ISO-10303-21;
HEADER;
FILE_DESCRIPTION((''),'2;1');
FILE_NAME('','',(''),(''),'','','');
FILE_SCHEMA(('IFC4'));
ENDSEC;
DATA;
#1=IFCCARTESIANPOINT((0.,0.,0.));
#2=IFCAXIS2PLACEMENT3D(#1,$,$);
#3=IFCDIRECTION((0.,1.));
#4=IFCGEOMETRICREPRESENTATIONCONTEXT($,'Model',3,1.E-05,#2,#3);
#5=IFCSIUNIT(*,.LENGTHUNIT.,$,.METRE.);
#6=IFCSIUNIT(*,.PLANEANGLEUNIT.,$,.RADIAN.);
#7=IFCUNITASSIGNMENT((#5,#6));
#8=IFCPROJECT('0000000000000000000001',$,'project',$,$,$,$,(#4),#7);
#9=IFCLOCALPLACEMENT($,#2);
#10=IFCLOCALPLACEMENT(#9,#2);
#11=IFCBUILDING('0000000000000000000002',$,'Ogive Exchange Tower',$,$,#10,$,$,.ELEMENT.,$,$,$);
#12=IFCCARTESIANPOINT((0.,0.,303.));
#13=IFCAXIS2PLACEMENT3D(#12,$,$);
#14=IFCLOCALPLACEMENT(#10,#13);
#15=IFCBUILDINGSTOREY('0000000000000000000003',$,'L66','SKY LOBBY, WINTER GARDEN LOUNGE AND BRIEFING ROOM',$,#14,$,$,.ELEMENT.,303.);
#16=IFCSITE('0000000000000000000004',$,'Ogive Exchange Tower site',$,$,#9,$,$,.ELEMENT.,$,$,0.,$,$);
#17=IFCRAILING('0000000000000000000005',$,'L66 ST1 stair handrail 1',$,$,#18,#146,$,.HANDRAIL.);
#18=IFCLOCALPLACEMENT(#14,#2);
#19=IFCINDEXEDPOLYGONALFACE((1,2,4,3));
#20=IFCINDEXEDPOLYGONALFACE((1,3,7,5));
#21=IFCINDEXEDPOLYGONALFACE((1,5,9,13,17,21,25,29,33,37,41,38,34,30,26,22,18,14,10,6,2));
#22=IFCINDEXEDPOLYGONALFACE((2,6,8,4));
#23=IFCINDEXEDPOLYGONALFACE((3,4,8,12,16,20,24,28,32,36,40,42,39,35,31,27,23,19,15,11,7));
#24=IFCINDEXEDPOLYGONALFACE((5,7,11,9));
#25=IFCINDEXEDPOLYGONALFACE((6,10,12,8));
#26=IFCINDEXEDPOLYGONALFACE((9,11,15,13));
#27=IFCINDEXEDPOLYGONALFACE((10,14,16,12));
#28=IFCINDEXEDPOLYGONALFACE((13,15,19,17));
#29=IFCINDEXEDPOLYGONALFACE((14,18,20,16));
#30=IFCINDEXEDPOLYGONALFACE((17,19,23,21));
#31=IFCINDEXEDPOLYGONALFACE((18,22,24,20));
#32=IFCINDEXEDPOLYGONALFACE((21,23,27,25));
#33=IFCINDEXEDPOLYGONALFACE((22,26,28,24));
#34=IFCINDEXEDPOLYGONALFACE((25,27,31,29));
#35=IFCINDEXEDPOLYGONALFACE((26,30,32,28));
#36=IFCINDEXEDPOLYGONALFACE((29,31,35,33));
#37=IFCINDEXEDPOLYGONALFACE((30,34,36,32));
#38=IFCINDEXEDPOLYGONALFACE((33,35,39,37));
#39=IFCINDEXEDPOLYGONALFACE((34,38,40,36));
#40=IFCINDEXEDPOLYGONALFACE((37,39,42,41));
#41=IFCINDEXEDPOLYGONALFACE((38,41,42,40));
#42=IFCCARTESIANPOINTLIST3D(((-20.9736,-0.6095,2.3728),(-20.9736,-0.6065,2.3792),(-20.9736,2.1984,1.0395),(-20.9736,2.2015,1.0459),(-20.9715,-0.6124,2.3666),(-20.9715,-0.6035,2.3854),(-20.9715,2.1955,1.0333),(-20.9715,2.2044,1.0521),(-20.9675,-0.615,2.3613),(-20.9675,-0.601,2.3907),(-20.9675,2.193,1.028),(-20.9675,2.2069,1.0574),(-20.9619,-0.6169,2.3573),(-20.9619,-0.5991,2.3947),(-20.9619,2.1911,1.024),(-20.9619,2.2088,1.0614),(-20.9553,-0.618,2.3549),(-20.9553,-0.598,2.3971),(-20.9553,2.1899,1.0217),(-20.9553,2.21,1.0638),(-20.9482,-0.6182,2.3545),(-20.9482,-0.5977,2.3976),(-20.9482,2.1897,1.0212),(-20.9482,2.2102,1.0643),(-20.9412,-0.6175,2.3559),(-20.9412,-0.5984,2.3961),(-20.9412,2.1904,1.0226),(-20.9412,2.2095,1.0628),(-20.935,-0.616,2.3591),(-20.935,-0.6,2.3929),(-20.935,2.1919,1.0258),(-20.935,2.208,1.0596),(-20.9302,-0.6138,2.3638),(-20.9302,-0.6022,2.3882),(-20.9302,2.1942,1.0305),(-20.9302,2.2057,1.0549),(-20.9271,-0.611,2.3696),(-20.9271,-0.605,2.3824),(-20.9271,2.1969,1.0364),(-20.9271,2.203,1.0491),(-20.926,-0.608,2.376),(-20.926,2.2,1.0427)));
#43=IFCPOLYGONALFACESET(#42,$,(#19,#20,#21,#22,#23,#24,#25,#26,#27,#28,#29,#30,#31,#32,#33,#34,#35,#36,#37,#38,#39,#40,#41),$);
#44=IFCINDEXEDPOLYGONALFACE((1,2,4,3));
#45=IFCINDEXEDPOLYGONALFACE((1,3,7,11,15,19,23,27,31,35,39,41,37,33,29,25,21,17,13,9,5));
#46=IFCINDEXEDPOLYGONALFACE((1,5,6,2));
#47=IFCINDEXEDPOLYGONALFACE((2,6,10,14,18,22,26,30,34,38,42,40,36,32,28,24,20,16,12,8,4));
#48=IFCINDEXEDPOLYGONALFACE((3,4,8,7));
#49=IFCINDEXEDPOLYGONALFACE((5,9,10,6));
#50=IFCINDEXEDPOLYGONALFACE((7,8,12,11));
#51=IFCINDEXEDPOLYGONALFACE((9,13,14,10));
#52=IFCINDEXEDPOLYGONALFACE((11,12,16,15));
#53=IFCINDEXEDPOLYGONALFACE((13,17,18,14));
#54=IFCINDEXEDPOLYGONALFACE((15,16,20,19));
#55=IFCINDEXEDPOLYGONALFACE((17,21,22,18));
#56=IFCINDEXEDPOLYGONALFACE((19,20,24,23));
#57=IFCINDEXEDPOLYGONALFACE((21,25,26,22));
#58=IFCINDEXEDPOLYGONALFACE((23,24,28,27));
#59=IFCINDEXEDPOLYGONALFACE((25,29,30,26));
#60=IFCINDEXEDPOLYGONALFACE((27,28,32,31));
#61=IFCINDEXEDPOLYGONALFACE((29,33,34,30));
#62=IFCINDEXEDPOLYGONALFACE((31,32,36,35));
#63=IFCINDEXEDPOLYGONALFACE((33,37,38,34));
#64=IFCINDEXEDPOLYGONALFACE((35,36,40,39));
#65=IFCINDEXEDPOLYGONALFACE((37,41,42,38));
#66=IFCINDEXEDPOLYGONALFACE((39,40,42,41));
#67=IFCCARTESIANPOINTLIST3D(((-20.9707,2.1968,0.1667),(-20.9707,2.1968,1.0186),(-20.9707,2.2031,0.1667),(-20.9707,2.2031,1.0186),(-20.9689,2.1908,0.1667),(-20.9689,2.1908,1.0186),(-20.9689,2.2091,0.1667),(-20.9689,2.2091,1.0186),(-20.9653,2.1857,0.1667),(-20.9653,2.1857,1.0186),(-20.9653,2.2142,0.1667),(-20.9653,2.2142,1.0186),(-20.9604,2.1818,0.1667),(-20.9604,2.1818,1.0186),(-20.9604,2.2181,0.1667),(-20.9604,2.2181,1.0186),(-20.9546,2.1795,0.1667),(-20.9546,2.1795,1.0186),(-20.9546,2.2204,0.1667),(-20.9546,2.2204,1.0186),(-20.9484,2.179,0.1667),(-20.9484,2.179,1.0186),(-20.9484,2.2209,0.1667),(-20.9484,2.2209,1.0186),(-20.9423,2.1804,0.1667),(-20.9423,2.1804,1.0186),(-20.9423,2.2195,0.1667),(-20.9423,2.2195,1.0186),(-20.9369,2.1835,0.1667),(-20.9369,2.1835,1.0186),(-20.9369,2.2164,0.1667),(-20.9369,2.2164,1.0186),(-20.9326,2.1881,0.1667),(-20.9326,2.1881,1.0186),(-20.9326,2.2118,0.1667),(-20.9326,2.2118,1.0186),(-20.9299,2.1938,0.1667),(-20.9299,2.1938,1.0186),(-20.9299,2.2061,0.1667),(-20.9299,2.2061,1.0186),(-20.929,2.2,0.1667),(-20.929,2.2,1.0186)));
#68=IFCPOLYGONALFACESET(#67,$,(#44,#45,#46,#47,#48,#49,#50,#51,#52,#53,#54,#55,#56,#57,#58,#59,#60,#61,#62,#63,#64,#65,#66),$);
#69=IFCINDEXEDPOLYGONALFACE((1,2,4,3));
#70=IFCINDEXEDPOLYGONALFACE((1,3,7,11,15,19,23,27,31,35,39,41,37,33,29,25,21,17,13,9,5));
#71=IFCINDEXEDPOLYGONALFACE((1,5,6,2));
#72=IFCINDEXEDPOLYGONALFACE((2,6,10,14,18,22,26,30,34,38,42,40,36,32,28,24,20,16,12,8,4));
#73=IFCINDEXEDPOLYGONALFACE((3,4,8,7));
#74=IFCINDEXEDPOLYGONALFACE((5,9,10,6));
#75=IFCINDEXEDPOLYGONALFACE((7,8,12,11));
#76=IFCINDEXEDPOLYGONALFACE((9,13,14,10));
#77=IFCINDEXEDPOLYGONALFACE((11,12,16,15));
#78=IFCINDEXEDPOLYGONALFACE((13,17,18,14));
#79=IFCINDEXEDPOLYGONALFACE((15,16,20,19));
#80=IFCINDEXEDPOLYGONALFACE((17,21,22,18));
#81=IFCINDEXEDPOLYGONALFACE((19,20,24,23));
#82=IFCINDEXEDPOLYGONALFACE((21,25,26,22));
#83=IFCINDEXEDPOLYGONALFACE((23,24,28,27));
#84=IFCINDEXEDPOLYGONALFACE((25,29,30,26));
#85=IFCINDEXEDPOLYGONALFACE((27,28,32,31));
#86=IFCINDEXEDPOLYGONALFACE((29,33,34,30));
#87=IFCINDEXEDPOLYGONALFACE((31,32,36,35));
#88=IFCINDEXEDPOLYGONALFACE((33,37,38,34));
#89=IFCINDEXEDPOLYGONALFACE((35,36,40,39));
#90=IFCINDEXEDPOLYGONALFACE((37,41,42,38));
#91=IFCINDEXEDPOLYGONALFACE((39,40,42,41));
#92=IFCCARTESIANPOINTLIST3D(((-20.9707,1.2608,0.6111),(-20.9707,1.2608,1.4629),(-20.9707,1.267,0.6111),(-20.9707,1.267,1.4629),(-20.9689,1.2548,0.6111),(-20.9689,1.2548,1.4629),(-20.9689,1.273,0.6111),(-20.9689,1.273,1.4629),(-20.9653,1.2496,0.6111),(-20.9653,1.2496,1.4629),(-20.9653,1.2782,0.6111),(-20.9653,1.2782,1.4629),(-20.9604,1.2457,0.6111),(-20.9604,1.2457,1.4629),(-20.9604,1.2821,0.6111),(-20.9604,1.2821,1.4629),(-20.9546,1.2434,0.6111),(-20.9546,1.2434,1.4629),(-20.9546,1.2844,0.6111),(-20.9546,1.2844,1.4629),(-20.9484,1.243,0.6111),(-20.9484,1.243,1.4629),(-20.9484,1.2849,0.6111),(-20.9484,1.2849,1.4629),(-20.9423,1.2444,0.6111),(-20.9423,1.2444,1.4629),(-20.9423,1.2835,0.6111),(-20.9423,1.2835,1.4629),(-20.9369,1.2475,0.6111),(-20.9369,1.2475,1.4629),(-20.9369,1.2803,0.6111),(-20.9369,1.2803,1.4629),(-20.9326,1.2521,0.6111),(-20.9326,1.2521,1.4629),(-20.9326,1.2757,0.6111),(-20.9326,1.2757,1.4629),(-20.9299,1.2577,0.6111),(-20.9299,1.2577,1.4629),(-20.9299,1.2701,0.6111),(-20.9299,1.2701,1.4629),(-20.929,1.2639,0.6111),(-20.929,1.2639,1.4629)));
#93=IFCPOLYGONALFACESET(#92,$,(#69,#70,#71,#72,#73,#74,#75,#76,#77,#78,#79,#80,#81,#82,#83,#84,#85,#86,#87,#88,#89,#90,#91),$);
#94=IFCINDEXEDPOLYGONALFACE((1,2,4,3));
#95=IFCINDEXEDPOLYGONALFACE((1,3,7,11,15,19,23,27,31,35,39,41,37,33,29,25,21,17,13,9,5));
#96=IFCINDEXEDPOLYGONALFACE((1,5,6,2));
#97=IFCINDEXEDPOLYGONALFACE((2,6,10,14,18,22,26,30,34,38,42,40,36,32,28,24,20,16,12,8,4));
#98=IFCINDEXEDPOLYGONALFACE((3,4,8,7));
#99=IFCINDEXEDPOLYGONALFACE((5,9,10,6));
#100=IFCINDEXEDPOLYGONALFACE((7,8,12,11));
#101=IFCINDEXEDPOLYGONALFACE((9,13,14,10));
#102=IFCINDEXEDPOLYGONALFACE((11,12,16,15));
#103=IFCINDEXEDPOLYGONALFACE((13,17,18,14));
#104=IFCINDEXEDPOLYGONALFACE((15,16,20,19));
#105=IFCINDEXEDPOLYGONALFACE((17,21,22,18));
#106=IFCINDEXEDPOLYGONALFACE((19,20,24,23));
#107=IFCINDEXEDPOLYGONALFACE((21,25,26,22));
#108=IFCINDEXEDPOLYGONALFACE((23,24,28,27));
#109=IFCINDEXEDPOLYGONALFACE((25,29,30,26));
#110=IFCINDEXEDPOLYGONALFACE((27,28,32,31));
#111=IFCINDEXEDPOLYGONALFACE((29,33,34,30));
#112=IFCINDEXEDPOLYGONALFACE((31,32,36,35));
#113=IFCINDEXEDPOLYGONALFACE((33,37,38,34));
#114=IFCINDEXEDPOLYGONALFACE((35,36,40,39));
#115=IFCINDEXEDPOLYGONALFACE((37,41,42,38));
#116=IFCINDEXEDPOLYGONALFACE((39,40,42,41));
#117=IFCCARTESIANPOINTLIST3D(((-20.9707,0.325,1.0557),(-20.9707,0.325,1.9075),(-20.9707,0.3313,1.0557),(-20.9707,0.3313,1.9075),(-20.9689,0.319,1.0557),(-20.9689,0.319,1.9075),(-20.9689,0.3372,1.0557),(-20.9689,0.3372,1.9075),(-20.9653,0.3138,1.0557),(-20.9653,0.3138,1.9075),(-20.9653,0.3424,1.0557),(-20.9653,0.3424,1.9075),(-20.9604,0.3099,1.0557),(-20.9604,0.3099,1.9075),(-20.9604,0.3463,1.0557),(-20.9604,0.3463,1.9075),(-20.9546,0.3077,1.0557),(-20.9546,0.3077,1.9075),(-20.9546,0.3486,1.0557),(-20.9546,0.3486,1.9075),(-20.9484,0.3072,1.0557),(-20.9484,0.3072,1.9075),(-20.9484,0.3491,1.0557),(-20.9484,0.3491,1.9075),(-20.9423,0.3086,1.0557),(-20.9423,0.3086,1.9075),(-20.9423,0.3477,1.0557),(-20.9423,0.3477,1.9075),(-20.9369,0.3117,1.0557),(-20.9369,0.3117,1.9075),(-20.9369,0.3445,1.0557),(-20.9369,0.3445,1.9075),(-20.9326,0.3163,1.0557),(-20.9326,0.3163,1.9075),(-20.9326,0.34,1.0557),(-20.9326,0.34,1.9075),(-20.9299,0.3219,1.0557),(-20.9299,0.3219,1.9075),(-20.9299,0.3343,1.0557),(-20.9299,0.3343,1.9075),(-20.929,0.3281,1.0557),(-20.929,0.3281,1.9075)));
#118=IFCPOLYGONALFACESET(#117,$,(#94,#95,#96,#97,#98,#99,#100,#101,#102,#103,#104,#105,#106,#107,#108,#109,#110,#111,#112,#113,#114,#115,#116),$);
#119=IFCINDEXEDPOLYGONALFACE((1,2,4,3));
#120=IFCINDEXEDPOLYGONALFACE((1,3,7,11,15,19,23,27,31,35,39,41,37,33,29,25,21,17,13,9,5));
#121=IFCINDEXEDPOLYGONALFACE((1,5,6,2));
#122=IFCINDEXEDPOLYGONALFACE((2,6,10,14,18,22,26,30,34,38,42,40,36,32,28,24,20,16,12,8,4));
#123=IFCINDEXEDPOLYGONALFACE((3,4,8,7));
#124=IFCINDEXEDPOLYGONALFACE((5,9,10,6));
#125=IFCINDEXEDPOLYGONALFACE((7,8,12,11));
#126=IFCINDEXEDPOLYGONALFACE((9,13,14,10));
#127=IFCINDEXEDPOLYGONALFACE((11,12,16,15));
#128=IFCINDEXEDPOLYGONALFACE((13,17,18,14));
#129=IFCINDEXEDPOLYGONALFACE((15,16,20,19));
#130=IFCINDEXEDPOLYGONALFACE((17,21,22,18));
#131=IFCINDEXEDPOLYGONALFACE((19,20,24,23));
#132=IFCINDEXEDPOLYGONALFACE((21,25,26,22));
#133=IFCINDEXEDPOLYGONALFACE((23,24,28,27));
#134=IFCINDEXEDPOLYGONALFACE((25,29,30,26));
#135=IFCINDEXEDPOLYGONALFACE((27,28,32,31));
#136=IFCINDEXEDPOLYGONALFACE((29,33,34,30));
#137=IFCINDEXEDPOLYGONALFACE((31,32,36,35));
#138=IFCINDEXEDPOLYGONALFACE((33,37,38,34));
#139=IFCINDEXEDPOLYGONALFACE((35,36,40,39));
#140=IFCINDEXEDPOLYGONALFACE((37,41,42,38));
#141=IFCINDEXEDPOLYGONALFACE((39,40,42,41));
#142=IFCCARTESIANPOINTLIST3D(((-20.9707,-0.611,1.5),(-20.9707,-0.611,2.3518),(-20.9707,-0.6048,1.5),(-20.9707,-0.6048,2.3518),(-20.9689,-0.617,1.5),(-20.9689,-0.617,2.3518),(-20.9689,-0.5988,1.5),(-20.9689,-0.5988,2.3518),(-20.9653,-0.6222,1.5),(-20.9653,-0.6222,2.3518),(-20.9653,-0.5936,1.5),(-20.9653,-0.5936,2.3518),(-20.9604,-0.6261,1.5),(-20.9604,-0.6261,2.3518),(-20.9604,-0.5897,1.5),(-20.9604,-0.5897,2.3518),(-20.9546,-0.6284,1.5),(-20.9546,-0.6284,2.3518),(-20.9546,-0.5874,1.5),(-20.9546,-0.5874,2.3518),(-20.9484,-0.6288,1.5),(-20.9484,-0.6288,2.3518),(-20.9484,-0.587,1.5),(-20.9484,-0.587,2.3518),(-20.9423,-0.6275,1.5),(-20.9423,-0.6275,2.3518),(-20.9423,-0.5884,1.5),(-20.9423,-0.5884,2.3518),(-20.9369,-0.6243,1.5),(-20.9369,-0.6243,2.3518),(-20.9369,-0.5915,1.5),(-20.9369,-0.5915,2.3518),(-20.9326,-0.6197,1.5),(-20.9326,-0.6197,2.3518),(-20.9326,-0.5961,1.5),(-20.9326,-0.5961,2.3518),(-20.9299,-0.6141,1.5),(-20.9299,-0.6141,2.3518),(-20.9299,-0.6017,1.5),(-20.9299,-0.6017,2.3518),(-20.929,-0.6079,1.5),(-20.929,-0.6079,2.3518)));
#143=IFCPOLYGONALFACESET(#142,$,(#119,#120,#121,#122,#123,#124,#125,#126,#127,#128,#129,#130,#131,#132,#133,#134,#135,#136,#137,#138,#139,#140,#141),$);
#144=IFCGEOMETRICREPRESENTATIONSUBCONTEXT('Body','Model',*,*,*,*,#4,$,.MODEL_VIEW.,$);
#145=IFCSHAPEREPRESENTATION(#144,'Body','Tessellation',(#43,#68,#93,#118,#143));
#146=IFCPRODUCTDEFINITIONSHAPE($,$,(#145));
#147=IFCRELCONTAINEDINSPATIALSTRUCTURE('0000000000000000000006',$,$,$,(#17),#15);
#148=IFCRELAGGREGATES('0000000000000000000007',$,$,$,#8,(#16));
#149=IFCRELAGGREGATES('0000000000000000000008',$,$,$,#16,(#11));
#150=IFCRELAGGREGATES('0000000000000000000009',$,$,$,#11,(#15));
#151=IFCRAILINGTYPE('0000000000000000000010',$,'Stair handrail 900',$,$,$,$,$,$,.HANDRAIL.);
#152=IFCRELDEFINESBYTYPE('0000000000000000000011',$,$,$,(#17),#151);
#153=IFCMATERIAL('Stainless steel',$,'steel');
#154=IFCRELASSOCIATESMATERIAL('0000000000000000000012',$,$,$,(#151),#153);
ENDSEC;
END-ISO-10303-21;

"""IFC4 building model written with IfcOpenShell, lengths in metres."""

from ifc_helpers import new_model, si_unit, direction, frame, origin, origin_2d, place, context, subcontext, project, spatial, circle, extrude, material, type_object, element, save


model = new_model("IFC4")

# Units and contexts
model_context = context("Model", 3, precision=1e-05, world=origin(), true_north=direction((0.0, 1.0)))
body_context = subcontext(model_context, "Body", "Model", "MODEL_VIEW")
ifc_project = project(units=[si_unit("LENGTHUNIT", "METRE"), si_unit("PLANEANGLEUNIT", "RADIAN")], contexts=[model_context])

# Site, building, storey
site_placement = place(None, origin())
site = spatial("IfcSite", under=ifc_project, at=site_placement, Name="Ogive Exchange Tower site", CompositionType="ELEMENT", RefElevation=0.0)
building_placement = place(site_placement, origin())
building = spatial("IfcBuilding", under=site, at=building_placement, Name="Ogive Exchange Tower", CompositionType="ELEMENT")
storey_placement = place(building_placement, frame((0.0, 0.0, 303.0)))
storey = spatial("IfcBuildingStorey", under=building, at=storey_placement, Name="L66", Description="SKY LOBBY, WINTER GARDEN LOUNGE AND BRIEFING ROOM", CompositionType="ELEMENT", Elevation=303.0)

# Railing
ifc_material_1 = material(Name="Stainless steel", Category="steel")
railing_type = type_object("IfcRailingType", Name="Stair handrail 900", PredefinedType="HANDRAIL", material=ifc_material_1)
for number, where, name in (
    (1, (-20.95, 2.2, 0.1667), "L66 ST1 stair handrail 1"),
):
    element("IfcRailing", number, at=place(storey_placement, frame(where)), inside=storey, type_object=railing_type, Name=name, PredefinedType="HANDRAIL", context=body_context, shape_type="SweptSolid", body=[
        extrude(circle(Radius=0.0239, at=origin_2d()), frame((0.0, 0.0, 0.876), z_axis=(0.0, -0.903338, 0.42893), x_axis=(1.0, 0.0, 0.0)), (0.0, 0.0, 1.0), 3.1084),
        extrude(circle(Radius=0.021, at=origin_2d()), origin(), (0.0, 0.0, 1.0), 0.8518),
        extrude(circle(Radius=0.021, at=origin_2d()), frame((0.0, -0.936, 0.4443)), (0.0, 0.0, 1.0), 0.8518),
        extrude(circle(Radius=0.021, at=origin_2d()), frame((0.0, -1.8718, 0.8889)), (0.0, 0.0, 1.0), 0.8518),
        extrude(circle(Radius=0.021, at=origin_2d()), frame((0.0, -2.8079, 1.3333)), (0.0, 0.0, 1.0), 0.8518),
    ])

save(model, "model.ifc")
